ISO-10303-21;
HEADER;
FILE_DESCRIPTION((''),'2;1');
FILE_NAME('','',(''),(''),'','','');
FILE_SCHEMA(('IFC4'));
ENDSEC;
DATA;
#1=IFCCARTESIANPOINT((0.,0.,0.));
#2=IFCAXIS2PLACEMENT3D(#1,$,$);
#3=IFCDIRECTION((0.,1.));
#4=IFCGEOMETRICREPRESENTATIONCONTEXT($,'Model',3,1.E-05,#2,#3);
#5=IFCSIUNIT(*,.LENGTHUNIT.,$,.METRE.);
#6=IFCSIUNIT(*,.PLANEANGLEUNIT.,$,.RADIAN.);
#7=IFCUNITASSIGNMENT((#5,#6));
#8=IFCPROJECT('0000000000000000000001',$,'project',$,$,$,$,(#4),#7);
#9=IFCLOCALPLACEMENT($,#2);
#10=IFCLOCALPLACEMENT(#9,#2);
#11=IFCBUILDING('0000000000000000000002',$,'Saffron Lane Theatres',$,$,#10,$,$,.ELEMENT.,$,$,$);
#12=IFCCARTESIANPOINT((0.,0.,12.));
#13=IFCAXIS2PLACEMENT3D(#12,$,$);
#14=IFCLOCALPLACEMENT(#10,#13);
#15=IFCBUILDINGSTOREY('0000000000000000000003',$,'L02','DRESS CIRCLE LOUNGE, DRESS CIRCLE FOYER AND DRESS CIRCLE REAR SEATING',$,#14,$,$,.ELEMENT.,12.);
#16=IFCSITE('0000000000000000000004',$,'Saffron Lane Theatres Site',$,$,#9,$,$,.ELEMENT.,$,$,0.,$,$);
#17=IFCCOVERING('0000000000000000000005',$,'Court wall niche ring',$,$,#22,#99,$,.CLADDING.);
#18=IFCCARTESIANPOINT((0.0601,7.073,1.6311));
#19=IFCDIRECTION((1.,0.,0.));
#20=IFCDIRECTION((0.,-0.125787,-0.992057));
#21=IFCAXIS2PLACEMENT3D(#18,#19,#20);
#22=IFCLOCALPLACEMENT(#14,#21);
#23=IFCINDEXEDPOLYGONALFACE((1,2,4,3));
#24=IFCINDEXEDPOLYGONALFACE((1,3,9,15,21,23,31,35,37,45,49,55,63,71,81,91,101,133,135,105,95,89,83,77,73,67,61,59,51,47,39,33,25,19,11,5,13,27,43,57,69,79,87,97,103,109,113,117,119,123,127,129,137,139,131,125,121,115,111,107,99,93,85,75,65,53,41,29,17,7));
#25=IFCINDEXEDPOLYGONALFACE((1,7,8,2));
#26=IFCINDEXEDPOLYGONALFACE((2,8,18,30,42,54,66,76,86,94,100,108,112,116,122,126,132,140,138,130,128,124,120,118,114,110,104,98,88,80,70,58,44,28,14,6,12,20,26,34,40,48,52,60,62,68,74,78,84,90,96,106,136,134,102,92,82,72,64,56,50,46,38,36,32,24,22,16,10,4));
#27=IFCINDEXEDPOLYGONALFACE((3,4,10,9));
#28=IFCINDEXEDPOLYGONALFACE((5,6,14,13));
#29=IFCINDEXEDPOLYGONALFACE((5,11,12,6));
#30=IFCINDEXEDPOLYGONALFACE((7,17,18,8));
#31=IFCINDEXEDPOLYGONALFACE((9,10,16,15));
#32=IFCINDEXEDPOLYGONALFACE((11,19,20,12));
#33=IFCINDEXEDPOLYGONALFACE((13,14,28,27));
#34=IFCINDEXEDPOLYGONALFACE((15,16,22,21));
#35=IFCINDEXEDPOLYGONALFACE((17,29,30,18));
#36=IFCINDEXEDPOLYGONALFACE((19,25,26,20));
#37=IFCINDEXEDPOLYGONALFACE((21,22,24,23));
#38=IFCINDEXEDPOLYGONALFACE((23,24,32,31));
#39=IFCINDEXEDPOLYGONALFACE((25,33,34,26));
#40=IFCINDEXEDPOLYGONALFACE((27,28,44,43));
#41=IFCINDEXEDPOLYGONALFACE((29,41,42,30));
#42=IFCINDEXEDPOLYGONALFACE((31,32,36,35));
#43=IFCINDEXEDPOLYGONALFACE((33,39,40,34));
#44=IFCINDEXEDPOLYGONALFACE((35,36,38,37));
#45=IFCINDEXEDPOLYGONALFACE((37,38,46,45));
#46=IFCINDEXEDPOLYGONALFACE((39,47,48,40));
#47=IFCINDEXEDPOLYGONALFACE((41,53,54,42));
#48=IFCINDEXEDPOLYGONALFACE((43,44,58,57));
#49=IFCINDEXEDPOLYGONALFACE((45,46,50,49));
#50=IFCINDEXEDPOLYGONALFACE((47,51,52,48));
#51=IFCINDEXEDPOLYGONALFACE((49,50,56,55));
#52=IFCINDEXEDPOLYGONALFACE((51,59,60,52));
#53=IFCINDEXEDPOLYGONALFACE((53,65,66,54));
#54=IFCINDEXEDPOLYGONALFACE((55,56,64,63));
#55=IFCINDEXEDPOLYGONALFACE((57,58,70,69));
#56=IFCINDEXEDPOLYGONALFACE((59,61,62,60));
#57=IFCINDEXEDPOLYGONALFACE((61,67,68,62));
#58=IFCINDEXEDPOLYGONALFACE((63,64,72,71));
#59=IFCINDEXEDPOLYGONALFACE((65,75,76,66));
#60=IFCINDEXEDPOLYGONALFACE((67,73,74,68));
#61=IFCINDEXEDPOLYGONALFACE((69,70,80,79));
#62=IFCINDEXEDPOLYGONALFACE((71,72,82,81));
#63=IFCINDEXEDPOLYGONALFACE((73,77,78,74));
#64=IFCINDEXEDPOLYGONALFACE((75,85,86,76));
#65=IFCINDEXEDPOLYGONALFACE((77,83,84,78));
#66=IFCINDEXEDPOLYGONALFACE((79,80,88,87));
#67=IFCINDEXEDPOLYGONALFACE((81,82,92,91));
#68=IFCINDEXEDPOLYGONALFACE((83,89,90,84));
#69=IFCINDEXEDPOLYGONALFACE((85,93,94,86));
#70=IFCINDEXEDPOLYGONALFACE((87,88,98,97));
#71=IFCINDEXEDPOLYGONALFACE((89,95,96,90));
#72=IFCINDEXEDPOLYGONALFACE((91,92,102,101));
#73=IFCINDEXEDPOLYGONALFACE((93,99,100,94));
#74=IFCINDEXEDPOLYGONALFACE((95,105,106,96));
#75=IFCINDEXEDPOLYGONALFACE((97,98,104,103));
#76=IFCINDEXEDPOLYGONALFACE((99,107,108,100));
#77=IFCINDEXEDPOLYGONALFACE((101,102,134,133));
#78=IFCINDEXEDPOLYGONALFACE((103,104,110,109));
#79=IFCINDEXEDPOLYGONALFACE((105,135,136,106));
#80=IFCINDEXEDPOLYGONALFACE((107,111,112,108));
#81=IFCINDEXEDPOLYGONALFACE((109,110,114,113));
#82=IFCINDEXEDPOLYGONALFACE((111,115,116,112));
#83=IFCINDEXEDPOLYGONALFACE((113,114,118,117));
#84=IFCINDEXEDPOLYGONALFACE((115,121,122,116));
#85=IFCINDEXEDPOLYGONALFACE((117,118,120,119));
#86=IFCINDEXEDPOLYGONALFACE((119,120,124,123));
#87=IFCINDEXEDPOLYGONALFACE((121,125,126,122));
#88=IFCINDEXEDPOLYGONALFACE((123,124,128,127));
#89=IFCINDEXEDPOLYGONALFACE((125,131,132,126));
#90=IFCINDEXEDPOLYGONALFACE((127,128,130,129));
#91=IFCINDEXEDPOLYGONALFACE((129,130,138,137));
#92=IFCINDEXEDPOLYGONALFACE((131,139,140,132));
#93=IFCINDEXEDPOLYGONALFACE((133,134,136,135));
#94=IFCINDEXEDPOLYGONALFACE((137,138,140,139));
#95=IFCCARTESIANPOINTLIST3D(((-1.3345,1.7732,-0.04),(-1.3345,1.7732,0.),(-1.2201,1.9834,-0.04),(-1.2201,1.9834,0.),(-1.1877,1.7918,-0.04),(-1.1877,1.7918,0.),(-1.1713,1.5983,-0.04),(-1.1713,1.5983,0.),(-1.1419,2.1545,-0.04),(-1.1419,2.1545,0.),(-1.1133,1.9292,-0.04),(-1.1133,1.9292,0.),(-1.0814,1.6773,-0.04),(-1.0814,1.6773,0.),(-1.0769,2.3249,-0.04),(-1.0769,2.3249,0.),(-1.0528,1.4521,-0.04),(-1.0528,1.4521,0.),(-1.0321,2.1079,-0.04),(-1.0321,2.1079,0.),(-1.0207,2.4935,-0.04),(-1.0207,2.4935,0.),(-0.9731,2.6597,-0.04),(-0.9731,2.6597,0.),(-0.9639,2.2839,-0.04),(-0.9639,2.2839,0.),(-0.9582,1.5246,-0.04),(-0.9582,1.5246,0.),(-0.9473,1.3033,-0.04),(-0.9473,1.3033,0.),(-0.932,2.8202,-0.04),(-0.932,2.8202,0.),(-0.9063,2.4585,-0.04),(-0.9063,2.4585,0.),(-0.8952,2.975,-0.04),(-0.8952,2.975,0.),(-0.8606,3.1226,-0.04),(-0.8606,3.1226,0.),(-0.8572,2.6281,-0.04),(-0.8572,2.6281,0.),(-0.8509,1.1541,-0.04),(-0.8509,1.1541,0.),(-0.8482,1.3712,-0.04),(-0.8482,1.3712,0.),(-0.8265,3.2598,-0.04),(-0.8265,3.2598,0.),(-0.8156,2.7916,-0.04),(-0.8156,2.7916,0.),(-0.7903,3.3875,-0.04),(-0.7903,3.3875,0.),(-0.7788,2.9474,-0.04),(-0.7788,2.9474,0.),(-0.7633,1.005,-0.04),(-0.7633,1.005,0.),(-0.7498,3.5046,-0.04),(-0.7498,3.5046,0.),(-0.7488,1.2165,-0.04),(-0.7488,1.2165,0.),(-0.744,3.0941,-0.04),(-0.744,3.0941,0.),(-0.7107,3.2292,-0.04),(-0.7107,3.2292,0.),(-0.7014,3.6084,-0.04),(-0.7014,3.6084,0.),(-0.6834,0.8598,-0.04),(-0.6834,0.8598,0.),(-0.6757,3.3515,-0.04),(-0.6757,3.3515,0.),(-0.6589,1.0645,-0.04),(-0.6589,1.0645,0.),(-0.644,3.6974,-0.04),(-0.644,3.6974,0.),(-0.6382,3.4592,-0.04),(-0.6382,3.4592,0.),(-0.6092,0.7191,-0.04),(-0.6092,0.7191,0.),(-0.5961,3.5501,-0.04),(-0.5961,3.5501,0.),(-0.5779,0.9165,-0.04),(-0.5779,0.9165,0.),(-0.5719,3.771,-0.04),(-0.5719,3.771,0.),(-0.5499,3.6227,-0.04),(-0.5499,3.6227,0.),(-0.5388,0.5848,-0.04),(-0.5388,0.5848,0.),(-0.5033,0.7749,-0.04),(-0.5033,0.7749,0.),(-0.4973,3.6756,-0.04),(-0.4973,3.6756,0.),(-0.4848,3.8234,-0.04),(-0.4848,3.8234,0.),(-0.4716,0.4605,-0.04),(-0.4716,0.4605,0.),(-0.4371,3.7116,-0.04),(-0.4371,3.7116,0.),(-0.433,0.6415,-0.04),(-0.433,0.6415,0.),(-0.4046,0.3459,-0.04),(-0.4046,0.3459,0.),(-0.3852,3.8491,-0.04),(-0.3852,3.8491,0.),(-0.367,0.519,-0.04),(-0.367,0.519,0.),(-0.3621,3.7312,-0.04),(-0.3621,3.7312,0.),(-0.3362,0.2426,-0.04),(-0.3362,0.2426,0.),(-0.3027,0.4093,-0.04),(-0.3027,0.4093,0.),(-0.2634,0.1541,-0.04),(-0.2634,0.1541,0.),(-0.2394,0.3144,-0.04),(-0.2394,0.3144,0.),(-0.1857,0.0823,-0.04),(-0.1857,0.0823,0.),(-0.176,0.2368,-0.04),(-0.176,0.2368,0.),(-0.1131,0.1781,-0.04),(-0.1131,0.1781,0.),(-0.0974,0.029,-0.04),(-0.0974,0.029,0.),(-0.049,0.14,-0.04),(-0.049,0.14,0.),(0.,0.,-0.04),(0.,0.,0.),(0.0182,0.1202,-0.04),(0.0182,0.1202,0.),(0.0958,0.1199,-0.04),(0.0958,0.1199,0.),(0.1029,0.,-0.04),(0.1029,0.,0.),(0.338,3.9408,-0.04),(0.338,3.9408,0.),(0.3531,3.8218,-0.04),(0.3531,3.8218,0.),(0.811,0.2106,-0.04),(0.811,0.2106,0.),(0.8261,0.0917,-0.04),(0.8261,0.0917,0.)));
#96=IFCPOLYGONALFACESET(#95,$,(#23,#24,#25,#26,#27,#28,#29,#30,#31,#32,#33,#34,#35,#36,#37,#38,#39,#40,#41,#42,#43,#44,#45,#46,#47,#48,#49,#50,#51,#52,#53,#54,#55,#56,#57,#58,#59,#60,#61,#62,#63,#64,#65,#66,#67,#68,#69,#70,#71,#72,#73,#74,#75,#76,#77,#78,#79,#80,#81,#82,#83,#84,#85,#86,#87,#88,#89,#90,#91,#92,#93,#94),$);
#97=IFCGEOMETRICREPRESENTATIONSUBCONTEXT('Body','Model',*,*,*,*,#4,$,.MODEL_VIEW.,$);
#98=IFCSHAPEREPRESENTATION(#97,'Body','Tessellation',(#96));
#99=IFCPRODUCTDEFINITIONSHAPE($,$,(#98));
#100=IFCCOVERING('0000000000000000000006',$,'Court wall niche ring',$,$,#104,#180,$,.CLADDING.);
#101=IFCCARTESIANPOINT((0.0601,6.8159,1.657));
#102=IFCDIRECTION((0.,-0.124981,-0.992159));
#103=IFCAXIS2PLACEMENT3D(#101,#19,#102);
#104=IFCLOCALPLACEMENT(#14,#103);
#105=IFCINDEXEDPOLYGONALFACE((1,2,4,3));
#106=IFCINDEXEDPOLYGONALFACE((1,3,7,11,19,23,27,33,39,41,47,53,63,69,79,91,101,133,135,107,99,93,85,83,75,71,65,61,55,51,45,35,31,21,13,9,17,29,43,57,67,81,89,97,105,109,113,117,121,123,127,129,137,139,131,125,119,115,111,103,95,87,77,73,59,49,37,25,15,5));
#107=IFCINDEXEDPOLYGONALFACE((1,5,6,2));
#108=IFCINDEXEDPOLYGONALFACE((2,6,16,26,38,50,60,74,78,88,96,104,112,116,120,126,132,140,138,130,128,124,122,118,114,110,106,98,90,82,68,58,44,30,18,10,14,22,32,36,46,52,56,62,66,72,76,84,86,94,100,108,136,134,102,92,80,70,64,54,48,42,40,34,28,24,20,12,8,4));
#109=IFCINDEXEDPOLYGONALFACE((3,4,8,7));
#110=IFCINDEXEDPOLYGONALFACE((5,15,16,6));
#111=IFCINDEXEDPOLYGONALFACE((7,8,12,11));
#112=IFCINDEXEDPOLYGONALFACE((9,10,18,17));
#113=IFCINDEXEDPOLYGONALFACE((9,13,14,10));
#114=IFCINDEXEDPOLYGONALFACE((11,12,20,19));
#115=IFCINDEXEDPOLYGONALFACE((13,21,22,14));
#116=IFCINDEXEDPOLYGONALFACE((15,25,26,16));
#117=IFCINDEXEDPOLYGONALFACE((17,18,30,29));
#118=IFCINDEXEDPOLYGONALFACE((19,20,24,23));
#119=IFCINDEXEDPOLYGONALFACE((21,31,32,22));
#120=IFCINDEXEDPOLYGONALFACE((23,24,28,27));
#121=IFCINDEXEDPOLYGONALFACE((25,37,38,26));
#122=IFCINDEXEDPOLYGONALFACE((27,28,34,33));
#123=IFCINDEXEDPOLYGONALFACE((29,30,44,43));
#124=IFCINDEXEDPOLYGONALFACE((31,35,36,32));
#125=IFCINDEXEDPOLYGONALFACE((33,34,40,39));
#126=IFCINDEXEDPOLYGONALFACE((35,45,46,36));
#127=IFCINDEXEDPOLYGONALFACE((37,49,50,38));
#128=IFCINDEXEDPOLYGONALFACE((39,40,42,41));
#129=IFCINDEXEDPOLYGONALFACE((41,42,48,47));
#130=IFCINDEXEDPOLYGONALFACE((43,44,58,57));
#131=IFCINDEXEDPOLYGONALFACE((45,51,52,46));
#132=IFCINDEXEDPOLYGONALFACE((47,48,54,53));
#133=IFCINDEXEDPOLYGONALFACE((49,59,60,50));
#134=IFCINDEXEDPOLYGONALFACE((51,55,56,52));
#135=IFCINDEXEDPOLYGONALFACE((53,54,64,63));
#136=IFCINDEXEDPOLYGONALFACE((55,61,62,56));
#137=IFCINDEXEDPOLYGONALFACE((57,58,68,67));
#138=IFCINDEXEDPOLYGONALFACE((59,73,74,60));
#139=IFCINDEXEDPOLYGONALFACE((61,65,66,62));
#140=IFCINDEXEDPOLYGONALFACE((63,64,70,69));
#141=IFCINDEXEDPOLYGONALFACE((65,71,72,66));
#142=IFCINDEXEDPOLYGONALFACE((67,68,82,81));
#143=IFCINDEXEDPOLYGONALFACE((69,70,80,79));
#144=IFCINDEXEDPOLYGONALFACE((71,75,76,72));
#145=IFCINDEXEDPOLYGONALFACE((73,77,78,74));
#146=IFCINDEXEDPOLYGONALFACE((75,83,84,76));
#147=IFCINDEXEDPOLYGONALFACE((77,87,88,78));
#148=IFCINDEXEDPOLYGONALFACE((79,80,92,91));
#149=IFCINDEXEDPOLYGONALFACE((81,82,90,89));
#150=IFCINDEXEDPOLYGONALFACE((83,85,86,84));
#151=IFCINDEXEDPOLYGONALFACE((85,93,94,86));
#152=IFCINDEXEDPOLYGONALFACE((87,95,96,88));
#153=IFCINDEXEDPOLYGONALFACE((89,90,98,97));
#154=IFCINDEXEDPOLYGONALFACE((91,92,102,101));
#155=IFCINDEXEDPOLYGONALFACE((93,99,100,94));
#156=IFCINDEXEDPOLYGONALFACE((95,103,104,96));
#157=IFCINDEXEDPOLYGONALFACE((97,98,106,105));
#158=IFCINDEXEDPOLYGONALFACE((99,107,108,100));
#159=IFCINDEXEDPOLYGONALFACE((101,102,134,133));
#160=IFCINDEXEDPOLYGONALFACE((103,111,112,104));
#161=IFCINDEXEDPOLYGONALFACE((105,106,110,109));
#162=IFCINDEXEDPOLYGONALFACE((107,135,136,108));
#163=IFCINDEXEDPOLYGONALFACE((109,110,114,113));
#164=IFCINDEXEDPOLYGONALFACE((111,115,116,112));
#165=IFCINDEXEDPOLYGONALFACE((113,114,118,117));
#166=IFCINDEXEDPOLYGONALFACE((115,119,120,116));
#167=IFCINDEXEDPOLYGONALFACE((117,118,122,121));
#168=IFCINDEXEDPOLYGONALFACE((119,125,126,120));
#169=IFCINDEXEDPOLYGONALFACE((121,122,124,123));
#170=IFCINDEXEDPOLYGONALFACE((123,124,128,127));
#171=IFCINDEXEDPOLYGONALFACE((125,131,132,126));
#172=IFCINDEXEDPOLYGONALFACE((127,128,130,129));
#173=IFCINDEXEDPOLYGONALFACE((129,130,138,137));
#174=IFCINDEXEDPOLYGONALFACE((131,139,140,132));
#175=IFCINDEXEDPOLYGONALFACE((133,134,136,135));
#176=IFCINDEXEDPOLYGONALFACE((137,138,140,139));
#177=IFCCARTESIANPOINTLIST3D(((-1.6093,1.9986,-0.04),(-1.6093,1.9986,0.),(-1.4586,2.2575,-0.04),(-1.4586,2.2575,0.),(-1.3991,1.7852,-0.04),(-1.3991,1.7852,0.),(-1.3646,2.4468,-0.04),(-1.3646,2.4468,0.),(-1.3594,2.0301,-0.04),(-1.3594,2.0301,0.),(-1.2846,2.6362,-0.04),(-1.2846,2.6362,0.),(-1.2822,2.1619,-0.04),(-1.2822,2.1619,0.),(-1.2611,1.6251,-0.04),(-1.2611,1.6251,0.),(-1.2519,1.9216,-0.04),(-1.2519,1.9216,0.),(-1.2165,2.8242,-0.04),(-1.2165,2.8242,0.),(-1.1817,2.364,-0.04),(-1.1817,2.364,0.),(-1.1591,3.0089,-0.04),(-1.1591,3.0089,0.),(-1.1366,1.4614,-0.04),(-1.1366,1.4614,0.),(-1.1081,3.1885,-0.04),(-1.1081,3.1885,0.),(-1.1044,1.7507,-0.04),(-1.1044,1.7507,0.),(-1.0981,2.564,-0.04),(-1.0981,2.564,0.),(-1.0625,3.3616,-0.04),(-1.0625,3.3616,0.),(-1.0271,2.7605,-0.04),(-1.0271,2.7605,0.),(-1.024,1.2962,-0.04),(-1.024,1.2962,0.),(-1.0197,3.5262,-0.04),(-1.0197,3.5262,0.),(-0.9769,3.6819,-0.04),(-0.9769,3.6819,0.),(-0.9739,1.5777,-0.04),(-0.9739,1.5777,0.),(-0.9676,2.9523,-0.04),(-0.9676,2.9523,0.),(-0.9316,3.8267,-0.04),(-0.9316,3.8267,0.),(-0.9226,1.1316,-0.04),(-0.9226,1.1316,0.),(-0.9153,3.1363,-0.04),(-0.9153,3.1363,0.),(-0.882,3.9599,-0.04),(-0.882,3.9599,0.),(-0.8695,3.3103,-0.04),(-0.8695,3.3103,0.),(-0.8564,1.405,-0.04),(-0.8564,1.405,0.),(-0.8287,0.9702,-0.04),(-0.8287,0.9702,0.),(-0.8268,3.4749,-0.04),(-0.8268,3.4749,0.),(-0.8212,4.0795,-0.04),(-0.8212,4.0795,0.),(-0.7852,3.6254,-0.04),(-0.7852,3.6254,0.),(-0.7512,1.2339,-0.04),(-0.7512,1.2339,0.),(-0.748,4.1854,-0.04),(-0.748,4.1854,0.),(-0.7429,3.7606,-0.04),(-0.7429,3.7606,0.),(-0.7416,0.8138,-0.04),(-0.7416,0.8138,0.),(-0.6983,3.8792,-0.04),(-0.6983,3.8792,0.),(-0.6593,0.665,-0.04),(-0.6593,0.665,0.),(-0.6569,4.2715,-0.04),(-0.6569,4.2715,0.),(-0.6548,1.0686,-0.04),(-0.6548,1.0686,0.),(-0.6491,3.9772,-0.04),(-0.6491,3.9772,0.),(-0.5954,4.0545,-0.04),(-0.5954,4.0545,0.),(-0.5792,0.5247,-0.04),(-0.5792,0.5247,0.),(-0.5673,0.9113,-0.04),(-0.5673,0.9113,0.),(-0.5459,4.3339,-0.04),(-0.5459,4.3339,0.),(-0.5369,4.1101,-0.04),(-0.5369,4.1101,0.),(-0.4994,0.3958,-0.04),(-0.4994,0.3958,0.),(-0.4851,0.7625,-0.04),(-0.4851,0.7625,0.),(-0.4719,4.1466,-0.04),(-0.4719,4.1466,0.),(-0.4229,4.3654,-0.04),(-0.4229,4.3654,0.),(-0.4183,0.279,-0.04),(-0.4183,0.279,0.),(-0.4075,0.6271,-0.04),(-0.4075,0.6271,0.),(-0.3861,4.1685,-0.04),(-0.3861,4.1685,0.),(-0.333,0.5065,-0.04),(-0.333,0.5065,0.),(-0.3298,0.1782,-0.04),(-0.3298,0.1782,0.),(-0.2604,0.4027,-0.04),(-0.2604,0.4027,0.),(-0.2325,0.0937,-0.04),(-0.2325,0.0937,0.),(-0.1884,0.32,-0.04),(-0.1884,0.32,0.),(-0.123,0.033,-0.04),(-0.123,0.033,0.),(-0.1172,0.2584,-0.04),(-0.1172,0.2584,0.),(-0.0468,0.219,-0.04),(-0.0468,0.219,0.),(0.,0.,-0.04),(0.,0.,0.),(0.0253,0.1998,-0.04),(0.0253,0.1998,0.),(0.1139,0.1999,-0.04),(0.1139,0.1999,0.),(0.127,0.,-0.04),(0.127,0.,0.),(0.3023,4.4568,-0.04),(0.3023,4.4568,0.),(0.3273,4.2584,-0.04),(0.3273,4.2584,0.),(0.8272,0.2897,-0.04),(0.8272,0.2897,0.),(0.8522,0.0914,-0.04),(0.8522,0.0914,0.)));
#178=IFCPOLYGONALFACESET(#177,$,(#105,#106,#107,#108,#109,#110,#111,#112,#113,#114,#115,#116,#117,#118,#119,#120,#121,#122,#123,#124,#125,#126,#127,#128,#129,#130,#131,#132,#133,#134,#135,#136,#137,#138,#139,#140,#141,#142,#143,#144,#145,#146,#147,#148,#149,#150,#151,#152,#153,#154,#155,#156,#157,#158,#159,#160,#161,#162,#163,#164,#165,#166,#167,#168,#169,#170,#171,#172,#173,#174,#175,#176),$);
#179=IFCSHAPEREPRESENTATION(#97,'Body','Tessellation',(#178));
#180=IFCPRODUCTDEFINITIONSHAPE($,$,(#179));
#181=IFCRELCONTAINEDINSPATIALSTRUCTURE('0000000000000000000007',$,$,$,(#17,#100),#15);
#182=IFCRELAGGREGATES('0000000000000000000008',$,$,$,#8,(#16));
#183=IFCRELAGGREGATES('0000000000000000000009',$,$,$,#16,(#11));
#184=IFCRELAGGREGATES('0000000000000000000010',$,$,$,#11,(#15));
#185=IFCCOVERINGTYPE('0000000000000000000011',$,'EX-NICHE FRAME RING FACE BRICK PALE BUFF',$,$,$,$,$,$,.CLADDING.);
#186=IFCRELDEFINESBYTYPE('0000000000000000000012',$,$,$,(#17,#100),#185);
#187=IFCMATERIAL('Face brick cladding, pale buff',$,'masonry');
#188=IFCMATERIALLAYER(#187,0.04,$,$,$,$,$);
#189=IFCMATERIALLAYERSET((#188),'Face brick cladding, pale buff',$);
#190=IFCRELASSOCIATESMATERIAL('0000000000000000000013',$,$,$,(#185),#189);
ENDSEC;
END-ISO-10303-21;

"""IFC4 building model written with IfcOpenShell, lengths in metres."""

from ifc_helpers import new_model, si_unit, direction, frame, origin, place, context, subcontext, project, spatial, polyline, outline, extrude, material, layer, layer_set, type_object, element, save


model = new_model("IFC4")

# Units and contexts
model_context = context("Model", 3, precision=1e-05, world=origin(), true_north=direction((0.0, 1.0)))
body_context = subcontext(model_context, "Body", "Model", "MODEL_VIEW")
ifc_project = project(units=[si_unit("LENGTHUNIT", "METRE"), si_unit("PLANEANGLEUNIT", "RADIAN")], contexts=[model_context])

# Site, building, storey
site_placement = place(None, origin())
site = spatial("IfcSite", under=ifc_project, at=site_placement, Name="Saffron Lane Theatres Site", CompositionType="ELEMENT", RefElevation=0.0)
building_placement = place(site_placement, origin())
building = spatial("IfcBuilding", under=site, at=building_placement, Name="Saffron Lane Theatres", CompositionType="ELEMENT")
storey_placement = place(building_placement, frame((0.0, 0.0, 12.0)))
storey = spatial("IfcBuildingStorey", under=building, at=storey_placement, Name="L02", Description="DRESS CIRCLE LOUNGE, DRESS CIRCLE FOYER AND DRESS CIRCLE REAR SEATING", CompositionType="ELEMENT", Elevation=12.0)

# Coverings
ifc_material_1 = material(Name="Face brick cladding, pale buff", Category="masonry")
ifc_layer_1 = layer(ifc_material_1, 0.04)
ifc_layer_set_1 = layer_set([ifc_layer_1], Name="Face brick cladding, pale buff")
covering_type_1 = type_object("IfcCoveringType", Name="EX-NICHE FRAME RING FACE BRICK PALE BUFF", PredefinedType="CLADDING", material=ifc_layer_set_1)
covering_1_placement = place(storey_placement, frame((0.0601, 7.073, 1.6311), z_axis=(1.0, 0.0, 0.0), x_axis=(0.0, -0.125787, -0.992057)))
element("IfcCovering", 1, at=covering_1_placement, inside=storey, type_object=covering_type_1, Name="Court wall niche ring", PredefinedType="CLADDING", context=body_context, shape_type="SweptSolid", body=[
    extrude(outline(polyline([(0.0, 0.0), (0.1029, 0.0), (0.8261, 0.0917), (0.811, 0.2106), (0.0958, 0.1199), (0.0182, 0.1202), (-0.049, 0.14), (-0.1131, 0.1781), (-0.176, 0.2368), (-0.2394, 0.3144), (-0.3027, 0.4093), (-0.367, 0.519), (-0.433, 0.6415), (-0.5033, 0.7749), (-0.5779, 0.9165), (-0.6589, 1.0645), (-0.7488, 1.2165), (-0.8482, 1.3712), (-0.9582, 1.5246), (-1.0814, 1.6773), (-1.1877, 1.7918), (-1.1133, 1.9292), (-1.0321, 2.1079), (-0.9639, 2.2839), (-0.9063, 2.4585), (-0.8572, 2.6281), (-0.8156, 2.7916), (-0.7788, 2.9474), (-0.744, 3.0941), (-0.7107, 3.2292), (-0.6757, 3.3515), (-0.6382, 3.4592), (-0.5961, 3.5501), (-0.5499, 3.6227), (-0.4973, 3.6756), (-0.4371, 3.7116), (-0.3621, 3.7312), (0.3531, 3.8218), (0.338, 3.9408), (-0.3852, 3.8491), (-0.4848, 3.8234), (-0.5719, 3.771), (-0.644, 3.6974), (-0.7014, 3.6084), (-0.7498, 3.5046), (-0.7903, 3.3875), (-0.8265, 3.2598), (-0.8606, 3.1226), (-0.8952, 2.975), (-0.932, 2.8202), (-0.9731, 2.6597), (-1.0207, 2.4935), (-1.0769, 2.3249), (-1.1419, 2.1545), (-1.2201, 1.9834), (-1.3345, 1.7732), (-1.1713, 1.5983), (-1.0528, 1.4521), (-0.9473, 1.3033), (-0.8509, 1.1541), (-0.7633, 1.005), (-0.6834, 0.8598), (-0.6092, 0.7191), (-0.5388, 0.5848), (-0.4716, 0.4605), (-0.4046, 0.3459), (-0.3362, 0.2426), (-0.2634, 0.1541), (-0.1857, 0.0823), (-0.0974, 0.029), (0.0, 0.0)])), origin(), (0.0, 0.0, -1.0), 0.04),
])
covering_2_placement = place(storey_placement, frame((0.0601, 6.8159, 1.657), z_axis=(1.0, 0.0, 0.0), x_axis=(0.0, -0.124981, -0.992159)))
element("IfcCovering", 2, at=covering_2_placement, inside=storey, type_object=covering_type_1, Name="Court wall niche ring", PredefinedType="CLADDING", context=body_context, shape_type="SweptSolid", body=[
    extrude(outline(polyline([(0.0, 0.0), (0.127, 0.0), (0.8522, 0.0914), (0.8272, 0.2897), (0.1139, 0.1999), (0.0253, 0.1998), (-0.0468, 0.219), (-0.1172, 0.2584), (-0.1884, 0.32), (-0.2604, 0.4027), (-0.333, 0.5065), (-0.4075, 0.6271), (-0.4851, 0.7625), (-0.5673, 0.9113), (-0.6548, 1.0686), (-0.7512, 1.2339), (-0.8564, 1.405), (-0.9739, 1.5777), (-1.1044, 1.7507), (-1.2519, 1.9216), (-1.3594, 2.0301), (-1.2822, 2.1619), (-1.1817, 2.364), (-1.0981, 2.564), (-1.0271, 2.7605), (-0.9676, 2.9523), (-0.9153, 3.1363), (-0.8695, 3.3103), (-0.8268, 3.4749), (-0.7852, 3.6254), (-0.7429, 3.7606), (-0.6983, 3.8792), (-0.6491, 3.9772), (-0.5954, 4.0545), (-0.5369, 4.1101), (-0.4719, 4.1466), (-0.3861, 4.1685), (0.3273, 4.2584), (0.3023, 4.4568), (-0.4229, 4.3654), (-0.5459, 4.3339), (-0.6569, 4.2715), (-0.748, 4.1854), (-0.8212, 4.0795), (-0.882, 3.9599), (-0.9316, 3.8267), (-0.9769, 3.6819), (-1.0197, 3.5262), (-1.0625, 3.3616), (-1.1081, 3.1885), (-1.1591, 3.0089), (-1.2165, 2.8242), (-1.2846, 2.6362), (-1.3646, 2.4468), (-1.4586, 2.2575), (-1.6093, 1.9986), (-1.3991, 1.7852), (-1.2611, 1.6251), (-1.1366, 1.4614), (-1.024, 1.2962), (-0.9226, 1.1316), (-0.8287, 0.9702), (-0.7416, 0.8138), (-0.6593, 0.665), (-0.5792, 0.5247), (-0.4994, 0.3958), (-0.4183, 0.279), (-0.3298, 0.1782), (-0.2325, 0.0937), (-0.123, 0.033), (0.0, 0.0)])), origin(), (0.0, 0.0, -1.0), 0.04),
])

save(model, "model.ifc")
